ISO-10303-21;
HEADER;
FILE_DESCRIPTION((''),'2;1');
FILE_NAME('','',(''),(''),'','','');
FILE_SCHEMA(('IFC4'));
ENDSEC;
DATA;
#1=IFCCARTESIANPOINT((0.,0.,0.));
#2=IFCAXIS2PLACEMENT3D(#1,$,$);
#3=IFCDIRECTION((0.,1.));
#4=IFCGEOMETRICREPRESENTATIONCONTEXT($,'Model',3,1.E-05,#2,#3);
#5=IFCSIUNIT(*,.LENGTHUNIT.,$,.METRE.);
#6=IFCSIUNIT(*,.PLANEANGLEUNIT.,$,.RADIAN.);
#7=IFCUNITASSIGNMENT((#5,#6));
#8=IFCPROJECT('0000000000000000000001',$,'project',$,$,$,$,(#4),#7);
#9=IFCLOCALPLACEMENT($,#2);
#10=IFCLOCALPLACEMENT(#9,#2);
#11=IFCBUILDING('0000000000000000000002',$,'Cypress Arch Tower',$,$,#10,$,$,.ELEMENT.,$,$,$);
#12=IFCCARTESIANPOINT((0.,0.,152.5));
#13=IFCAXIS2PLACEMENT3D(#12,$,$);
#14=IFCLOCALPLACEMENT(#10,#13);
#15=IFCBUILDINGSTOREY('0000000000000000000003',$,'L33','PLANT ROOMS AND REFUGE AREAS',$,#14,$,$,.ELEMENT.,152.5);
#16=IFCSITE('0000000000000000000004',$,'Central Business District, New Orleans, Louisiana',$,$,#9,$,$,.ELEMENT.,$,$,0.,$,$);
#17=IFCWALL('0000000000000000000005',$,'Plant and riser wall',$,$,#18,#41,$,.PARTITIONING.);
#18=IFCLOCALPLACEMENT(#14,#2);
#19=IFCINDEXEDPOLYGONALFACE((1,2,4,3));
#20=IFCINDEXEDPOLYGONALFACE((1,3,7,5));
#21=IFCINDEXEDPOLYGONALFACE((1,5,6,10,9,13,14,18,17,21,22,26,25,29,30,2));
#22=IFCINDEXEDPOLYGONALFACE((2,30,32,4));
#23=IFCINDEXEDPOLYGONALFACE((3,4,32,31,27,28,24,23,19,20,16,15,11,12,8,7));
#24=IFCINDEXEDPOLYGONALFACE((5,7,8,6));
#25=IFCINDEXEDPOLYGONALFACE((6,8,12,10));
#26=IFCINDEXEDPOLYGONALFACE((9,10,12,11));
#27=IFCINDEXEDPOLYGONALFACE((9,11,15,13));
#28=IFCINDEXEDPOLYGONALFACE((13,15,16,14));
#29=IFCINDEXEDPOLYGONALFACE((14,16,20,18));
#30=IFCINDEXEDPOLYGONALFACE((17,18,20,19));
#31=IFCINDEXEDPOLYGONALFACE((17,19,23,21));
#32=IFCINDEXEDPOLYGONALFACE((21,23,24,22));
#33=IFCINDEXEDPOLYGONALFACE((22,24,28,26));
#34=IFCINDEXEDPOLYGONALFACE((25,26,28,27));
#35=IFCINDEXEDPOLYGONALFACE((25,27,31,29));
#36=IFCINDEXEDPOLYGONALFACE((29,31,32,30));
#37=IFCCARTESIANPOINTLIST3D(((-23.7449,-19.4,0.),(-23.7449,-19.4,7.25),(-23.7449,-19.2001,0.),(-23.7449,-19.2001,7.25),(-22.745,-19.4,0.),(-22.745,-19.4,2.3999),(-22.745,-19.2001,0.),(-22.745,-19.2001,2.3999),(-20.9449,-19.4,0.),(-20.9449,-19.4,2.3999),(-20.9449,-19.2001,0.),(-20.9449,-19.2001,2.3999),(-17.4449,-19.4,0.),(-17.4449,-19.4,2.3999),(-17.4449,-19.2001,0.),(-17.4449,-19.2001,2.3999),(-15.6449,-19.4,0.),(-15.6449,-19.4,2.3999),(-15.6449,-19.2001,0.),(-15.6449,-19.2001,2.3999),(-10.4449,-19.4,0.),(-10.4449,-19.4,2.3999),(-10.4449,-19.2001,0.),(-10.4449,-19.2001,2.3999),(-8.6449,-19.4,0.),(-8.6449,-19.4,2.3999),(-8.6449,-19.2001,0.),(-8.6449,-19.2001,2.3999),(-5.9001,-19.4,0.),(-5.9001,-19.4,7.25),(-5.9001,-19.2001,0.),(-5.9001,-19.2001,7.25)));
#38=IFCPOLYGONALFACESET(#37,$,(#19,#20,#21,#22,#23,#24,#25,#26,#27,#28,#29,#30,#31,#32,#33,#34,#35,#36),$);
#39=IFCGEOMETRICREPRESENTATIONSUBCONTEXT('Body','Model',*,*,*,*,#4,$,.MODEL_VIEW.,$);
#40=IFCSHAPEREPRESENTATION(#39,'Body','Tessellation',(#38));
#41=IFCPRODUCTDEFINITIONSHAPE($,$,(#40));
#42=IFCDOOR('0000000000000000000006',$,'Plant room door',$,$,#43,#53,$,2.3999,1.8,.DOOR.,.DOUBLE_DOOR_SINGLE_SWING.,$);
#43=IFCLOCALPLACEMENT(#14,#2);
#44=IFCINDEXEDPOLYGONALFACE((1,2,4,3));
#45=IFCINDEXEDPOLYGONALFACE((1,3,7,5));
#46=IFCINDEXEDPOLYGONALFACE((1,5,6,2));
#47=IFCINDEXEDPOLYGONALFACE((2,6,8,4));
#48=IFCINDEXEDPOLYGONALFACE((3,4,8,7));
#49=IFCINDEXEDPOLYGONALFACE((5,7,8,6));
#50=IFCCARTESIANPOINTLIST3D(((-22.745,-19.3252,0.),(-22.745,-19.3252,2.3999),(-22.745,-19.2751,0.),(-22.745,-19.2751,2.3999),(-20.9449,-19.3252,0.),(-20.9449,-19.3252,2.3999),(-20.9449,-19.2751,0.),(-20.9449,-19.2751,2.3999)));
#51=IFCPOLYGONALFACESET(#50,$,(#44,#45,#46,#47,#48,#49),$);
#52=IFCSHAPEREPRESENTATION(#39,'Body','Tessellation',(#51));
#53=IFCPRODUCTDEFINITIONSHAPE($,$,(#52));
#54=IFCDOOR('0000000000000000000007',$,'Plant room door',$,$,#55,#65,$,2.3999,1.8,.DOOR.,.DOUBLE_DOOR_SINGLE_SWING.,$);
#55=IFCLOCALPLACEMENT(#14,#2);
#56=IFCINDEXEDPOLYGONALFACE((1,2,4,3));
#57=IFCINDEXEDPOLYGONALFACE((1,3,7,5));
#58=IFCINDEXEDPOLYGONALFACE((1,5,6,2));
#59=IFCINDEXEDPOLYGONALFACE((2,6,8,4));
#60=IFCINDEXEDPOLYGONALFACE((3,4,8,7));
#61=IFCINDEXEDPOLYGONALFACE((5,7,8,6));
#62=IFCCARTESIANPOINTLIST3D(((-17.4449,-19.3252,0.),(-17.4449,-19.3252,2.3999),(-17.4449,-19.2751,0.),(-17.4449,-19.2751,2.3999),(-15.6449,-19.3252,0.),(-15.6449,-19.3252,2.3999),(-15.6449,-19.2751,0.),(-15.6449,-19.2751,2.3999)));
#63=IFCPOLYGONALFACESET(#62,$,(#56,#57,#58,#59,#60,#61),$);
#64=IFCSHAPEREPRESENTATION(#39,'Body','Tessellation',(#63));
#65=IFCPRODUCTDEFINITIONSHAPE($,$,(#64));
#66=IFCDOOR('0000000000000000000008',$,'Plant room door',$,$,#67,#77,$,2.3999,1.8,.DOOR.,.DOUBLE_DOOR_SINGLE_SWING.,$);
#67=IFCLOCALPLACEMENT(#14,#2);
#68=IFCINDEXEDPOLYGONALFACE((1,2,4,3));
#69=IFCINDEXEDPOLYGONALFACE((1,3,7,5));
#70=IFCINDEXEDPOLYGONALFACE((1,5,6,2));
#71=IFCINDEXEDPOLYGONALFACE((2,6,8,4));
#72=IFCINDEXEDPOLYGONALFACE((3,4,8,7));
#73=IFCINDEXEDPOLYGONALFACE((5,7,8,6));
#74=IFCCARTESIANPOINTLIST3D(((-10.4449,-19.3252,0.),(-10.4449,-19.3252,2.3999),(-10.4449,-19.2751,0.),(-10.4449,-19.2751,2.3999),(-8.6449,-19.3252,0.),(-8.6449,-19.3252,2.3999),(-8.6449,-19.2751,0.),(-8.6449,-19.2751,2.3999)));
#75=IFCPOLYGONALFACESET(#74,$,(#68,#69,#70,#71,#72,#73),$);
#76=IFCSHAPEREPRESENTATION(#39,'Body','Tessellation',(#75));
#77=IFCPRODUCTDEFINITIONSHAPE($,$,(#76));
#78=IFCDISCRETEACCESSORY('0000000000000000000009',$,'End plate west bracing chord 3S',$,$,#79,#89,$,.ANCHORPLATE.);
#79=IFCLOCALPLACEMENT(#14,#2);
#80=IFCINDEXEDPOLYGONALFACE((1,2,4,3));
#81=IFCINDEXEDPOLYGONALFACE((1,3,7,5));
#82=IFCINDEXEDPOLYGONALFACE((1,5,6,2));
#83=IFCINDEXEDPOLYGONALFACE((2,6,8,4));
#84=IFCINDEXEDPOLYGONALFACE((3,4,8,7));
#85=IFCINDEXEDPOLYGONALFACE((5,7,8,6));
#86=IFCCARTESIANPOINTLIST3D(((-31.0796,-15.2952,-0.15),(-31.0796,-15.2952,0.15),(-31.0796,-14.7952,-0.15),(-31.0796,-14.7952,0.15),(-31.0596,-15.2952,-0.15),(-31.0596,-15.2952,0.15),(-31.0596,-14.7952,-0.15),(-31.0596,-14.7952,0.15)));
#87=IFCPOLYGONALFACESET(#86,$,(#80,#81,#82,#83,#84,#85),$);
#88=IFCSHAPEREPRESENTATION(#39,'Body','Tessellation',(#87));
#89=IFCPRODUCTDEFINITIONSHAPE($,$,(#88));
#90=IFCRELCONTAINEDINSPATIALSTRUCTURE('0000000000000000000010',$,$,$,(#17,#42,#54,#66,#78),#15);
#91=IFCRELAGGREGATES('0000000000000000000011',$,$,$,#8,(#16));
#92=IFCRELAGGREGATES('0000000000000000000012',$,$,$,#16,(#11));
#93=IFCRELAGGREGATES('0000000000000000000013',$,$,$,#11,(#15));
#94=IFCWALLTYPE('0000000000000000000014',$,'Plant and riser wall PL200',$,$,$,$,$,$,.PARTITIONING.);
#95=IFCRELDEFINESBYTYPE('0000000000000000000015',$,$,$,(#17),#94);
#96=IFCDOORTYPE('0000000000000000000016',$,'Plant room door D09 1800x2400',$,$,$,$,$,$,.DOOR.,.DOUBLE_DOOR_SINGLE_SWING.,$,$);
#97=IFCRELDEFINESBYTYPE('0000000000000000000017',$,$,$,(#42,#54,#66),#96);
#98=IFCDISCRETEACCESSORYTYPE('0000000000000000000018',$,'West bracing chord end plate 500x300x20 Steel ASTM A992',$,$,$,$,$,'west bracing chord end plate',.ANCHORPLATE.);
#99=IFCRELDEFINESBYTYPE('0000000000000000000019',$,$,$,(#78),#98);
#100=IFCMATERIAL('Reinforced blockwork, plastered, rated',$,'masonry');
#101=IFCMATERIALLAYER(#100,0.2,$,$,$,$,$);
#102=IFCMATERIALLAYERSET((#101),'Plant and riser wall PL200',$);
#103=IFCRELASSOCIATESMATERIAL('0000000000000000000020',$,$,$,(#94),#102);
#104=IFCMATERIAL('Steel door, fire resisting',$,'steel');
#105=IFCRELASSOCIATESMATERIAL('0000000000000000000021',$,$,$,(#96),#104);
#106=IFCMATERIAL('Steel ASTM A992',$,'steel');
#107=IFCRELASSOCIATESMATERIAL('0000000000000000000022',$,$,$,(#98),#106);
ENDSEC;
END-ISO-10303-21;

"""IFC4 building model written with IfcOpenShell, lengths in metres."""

from ifc_helpers import new_model, si_unit, direction, frame, frame_2d, origin, origin_2d, place, context, subcontext, project, spatial, rectangle, extrude, material, layer, layer_set, material_profile, profile_set, type_object, element, fill, save


model = new_model("IFC4")

# Units and contexts
model_context = context("Model", 3, precision=1e-05, world=origin(), true_north=direction((0.0, 1.0)))
body_context = subcontext(model_context, "Body", "Model", "MODEL_VIEW")
ifc_project = project(units=[si_unit("LENGTHUNIT", "METRE"), si_unit("PLANEANGLEUNIT", "RADIAN")], contexts=[model_context])

# Site, building, storey
site_placement = place(None, origin())
site = spatial("IfcSite", under=ifc_project, at=site_placement, Name="Central Business District, New Orleans, Louisiana", CompositionType="ELEMENT", RefElevation=0.0)
building_placement = place(site_placement, origin())
building = spatial("IfcBuilding", under=site, at=building_placement, Name="Cypress Arch Tower", CompositionType="ELEMENT")
storey_placement = place(building_placement, frame((0.0, 0.0, 152.5)))
storey = spatial("IfcBuildingStorey", under=building, at=storey_placement, Name="L33", Description="PLANT ROOMS AND REFUGE AREAS", CompositionType="ELEMENT", Elevation=152.5)

# Shared definitions
ifc_material_1 = material(Name="Reinforced blockwork, plastered, rated", Category="masonry")
ifc_layer_1 = layer(ifc_material_1, 0.2)
ifc_layer_set_1 = layer_set([ifc_layer_1], Name="Plant and riser wall PL200")
wall_type_1 = type_object("IfcWallType", Name="Plant and riser wall PL200", PredefinedType="PARTITIONING", material=ifc_layer_set_1)

# Wall, openings, doors
wall_1_placement = place(storey_placement, frame((-23.7449, -19.3, 0.0), z_axis=(0.0, 0.0, 1.0), x_axis=(1.0, 0.0, 0.0)))
wall_1 = element("IfcWall", 1, at=wall_1_placement, inside=storey, type_object=wall_type_1, Name="Plant and riser wall", PredefinedType="PARTITIONING", context=body_context, shape_type="SweptSolid", body=[
    extrude(rectangle(XDim=17.8447, YDim=0.2, at=frame_2d((8.9224, 0.0))), origin(), (0.0, 0.0, 1.0), 7.25),
])
opening_1_placement = place(wall_1_placement, frame((1.0, 0.0, 0.0)))
opening_1 = element("IfcOpeningElement", 2, at=opening_1_placement, cuts=wall_1, PredefinedType="OPENING", context=body_context, shape_type="SweptSolid", body=[
    extrude(rectangle(XDim=1.8, YDim=2.3999, at=frame_2d((0.8999, 1.2))), frame((0.0, 0.1099, 0.0), z_axis=(0.0, -1.0, 0.0), x_axis=(1.0, 0.0, 0.0)), (0.0, 0.0, 1.0), 0.22),
])
opening_2_placement = place(wall_1_placement, frame((6.3, 0.0, 0.0)))
opening_2 = element("IfcOpeningElement", 3, at=opening_2_placement, cuts=wall_1, PredefinedType="OPENING", context=body_context, shape_type="SweptSolid", body=[
    extrude(rectangle(XDim=1.8, YDim=2.3999, at=frame_2d((0.8999, 1.2))), frame((0.0, 0.1099, 0.0), z_axis=(0.0, -1.0, 0.0), x_axis=(1.0, 0.0, 0.0)), (0.0, 0.0, 1.0), 0.22),
])
opening_3_placement = place(wall_1_placement, frame((13.3, 0.0, 0.0)))
opening_3 = element("IfcOpeningElement", 4, at=opening_3_placement, cuts=wall_1, PredefinedType="OPENING", context=body_context, shape_type="SweptSolid", body=[
    extrude(rectangle(XDim=1.8, YDim=2.3999, at=frame_2d((0.8999, 1.2))), frame((0.0, 0.1099, 0.0), z_axis=(0.0, -1.0, 0.0), x_axis=(1.0, 0.0, 0.0)), (0.0, 0.0, 1.0), 0.22),
])
ifc_material_2 = material(Name="Steel door, fire resisting", Category="steel")
door_type_1 = type_object("IfcDoorType", Name="Plant room door D09 1800x2400", OperationType="DOUBLE_DOOR_SINGLE_SWING", PredefinedType="DOOR", material=ifc_material_2)
door_1_placement = place(opening_1_placement, origin())
door_1 = element("IfcDoor", 5, at=door_1_placement, inside=storey, type_object=door_type_1, Name="Plant room door", OperationType="DOUBLE_DOOR_SINGLE_SWING", OverallHeight=2.3999, OverallWidth=1.8, PredefinedType="DOOR", context=body_context, shape_type="SweptSolid", body=[
    extrude(rectangle(XDim=1.8, YDim=2.3999, at=frame_2d((0.8999, 1.2))), frame((0.0, 0.0249, 0.0), z_axis=(0.0, -1.0, 0.0), x_axis=(1.0, 0.0, 0.0)), (0.0, 0.0, 1.0), 0.05),
])
fill(opening_1, door_1)
door_2_placement = place(opening_2_placement, origin())
door_2 = element("IfcDoor", 6, at=door_2_placement, inside=storey, type_object=door_type_1, Name="Plant room door", OperationType="DOUBLE_DOOR_SINGLE_SWING", OverallHeight=2.3999, OverallWidth=1.8, PredefinedType="DOOR", context=body_context, shape_type="SweptSolid", body=[
    extrude(rectangle(XDim=1.8, YDim=2.3999, at=frame_2d((0.8999, 1.2))), frame((0.0, 0.0249, 0.0), z_axis=(0.0, -1.0, 0.0), x_axis=(1.0, 0.0, 0.0)), (0.0, 0.0, 1.0), 0.05),
])
fill(opening_2, door_2)
door_3_placement = place(opening_3_placement, origin())
door_3 = element("IfcDoor", 7, at=door_3_placement, inside=storey, type_object=door_type_1, Name="Plant room door", OperationType="DOUBLE_DOOR_SINGLE_SWING", OverallHeight=2.3999, OverallWidth=1.8, PredefinedType="DOOR", context=body_context, shape_type="SweptSolid", body=[
    extrude(rectangle(XDim=1.8, YDim=2.3999, at=frame_2d((0.8999, 1.2))), frame((0.0, 0.0249, 0.0), z_axis=(0.0, -1.0, 0.0), x_axis=(1.0, 0.0, 0.0)), (0.0, 0.0, 1.0), 0.05),
])
fill(opening_3, door_3)

# Discrete accessory
ifc_material_3 = material(Name="Steel ASTM A992", Category="steel")
ifc_material_profile_1 = material_profile(ifc_material_3, rectangle(XDim=0.5, YDim=0.3, at=origin_2d()), Name="PL 20 500x300")
ifc_profile_set_1 = profile_set([ifc_material_profile_1], Name="Steel ASTM A992")
discrete_accessory_type = type_object("IfcDiscreteAccessoryType", Name="West bracing chord end plate 500x300x20 Steel ASTM A992", ElementType="west bracing chord end plate", PredefinedType="ANCHORPLATE", material=ifc_profile_set_1)
discrete_accessory_placement = place(storey_placement, frame((-31.0596, -15.0452, 0.0), z_axis=(-1.0, 0.0, 0.0), x_axis=(0.0, -1.0, 0.0)))
element("IfcDiscreteAccessory", 8, at=discrete_accessory_placement, inside=storey, type_object=discrete_accessory_type, Name="End plate west bracing chord 3S", PredefinedType="ANCHORPLATE", context=body_context, shape_type="SweptSolid", body=[
    extrude(rectangle(XDim=0.5, YDim=0.3, at=origin_2d()), origin(), (0.0, 0.0, 1.0), 0.02),
])

save(model, "model.ifc")
